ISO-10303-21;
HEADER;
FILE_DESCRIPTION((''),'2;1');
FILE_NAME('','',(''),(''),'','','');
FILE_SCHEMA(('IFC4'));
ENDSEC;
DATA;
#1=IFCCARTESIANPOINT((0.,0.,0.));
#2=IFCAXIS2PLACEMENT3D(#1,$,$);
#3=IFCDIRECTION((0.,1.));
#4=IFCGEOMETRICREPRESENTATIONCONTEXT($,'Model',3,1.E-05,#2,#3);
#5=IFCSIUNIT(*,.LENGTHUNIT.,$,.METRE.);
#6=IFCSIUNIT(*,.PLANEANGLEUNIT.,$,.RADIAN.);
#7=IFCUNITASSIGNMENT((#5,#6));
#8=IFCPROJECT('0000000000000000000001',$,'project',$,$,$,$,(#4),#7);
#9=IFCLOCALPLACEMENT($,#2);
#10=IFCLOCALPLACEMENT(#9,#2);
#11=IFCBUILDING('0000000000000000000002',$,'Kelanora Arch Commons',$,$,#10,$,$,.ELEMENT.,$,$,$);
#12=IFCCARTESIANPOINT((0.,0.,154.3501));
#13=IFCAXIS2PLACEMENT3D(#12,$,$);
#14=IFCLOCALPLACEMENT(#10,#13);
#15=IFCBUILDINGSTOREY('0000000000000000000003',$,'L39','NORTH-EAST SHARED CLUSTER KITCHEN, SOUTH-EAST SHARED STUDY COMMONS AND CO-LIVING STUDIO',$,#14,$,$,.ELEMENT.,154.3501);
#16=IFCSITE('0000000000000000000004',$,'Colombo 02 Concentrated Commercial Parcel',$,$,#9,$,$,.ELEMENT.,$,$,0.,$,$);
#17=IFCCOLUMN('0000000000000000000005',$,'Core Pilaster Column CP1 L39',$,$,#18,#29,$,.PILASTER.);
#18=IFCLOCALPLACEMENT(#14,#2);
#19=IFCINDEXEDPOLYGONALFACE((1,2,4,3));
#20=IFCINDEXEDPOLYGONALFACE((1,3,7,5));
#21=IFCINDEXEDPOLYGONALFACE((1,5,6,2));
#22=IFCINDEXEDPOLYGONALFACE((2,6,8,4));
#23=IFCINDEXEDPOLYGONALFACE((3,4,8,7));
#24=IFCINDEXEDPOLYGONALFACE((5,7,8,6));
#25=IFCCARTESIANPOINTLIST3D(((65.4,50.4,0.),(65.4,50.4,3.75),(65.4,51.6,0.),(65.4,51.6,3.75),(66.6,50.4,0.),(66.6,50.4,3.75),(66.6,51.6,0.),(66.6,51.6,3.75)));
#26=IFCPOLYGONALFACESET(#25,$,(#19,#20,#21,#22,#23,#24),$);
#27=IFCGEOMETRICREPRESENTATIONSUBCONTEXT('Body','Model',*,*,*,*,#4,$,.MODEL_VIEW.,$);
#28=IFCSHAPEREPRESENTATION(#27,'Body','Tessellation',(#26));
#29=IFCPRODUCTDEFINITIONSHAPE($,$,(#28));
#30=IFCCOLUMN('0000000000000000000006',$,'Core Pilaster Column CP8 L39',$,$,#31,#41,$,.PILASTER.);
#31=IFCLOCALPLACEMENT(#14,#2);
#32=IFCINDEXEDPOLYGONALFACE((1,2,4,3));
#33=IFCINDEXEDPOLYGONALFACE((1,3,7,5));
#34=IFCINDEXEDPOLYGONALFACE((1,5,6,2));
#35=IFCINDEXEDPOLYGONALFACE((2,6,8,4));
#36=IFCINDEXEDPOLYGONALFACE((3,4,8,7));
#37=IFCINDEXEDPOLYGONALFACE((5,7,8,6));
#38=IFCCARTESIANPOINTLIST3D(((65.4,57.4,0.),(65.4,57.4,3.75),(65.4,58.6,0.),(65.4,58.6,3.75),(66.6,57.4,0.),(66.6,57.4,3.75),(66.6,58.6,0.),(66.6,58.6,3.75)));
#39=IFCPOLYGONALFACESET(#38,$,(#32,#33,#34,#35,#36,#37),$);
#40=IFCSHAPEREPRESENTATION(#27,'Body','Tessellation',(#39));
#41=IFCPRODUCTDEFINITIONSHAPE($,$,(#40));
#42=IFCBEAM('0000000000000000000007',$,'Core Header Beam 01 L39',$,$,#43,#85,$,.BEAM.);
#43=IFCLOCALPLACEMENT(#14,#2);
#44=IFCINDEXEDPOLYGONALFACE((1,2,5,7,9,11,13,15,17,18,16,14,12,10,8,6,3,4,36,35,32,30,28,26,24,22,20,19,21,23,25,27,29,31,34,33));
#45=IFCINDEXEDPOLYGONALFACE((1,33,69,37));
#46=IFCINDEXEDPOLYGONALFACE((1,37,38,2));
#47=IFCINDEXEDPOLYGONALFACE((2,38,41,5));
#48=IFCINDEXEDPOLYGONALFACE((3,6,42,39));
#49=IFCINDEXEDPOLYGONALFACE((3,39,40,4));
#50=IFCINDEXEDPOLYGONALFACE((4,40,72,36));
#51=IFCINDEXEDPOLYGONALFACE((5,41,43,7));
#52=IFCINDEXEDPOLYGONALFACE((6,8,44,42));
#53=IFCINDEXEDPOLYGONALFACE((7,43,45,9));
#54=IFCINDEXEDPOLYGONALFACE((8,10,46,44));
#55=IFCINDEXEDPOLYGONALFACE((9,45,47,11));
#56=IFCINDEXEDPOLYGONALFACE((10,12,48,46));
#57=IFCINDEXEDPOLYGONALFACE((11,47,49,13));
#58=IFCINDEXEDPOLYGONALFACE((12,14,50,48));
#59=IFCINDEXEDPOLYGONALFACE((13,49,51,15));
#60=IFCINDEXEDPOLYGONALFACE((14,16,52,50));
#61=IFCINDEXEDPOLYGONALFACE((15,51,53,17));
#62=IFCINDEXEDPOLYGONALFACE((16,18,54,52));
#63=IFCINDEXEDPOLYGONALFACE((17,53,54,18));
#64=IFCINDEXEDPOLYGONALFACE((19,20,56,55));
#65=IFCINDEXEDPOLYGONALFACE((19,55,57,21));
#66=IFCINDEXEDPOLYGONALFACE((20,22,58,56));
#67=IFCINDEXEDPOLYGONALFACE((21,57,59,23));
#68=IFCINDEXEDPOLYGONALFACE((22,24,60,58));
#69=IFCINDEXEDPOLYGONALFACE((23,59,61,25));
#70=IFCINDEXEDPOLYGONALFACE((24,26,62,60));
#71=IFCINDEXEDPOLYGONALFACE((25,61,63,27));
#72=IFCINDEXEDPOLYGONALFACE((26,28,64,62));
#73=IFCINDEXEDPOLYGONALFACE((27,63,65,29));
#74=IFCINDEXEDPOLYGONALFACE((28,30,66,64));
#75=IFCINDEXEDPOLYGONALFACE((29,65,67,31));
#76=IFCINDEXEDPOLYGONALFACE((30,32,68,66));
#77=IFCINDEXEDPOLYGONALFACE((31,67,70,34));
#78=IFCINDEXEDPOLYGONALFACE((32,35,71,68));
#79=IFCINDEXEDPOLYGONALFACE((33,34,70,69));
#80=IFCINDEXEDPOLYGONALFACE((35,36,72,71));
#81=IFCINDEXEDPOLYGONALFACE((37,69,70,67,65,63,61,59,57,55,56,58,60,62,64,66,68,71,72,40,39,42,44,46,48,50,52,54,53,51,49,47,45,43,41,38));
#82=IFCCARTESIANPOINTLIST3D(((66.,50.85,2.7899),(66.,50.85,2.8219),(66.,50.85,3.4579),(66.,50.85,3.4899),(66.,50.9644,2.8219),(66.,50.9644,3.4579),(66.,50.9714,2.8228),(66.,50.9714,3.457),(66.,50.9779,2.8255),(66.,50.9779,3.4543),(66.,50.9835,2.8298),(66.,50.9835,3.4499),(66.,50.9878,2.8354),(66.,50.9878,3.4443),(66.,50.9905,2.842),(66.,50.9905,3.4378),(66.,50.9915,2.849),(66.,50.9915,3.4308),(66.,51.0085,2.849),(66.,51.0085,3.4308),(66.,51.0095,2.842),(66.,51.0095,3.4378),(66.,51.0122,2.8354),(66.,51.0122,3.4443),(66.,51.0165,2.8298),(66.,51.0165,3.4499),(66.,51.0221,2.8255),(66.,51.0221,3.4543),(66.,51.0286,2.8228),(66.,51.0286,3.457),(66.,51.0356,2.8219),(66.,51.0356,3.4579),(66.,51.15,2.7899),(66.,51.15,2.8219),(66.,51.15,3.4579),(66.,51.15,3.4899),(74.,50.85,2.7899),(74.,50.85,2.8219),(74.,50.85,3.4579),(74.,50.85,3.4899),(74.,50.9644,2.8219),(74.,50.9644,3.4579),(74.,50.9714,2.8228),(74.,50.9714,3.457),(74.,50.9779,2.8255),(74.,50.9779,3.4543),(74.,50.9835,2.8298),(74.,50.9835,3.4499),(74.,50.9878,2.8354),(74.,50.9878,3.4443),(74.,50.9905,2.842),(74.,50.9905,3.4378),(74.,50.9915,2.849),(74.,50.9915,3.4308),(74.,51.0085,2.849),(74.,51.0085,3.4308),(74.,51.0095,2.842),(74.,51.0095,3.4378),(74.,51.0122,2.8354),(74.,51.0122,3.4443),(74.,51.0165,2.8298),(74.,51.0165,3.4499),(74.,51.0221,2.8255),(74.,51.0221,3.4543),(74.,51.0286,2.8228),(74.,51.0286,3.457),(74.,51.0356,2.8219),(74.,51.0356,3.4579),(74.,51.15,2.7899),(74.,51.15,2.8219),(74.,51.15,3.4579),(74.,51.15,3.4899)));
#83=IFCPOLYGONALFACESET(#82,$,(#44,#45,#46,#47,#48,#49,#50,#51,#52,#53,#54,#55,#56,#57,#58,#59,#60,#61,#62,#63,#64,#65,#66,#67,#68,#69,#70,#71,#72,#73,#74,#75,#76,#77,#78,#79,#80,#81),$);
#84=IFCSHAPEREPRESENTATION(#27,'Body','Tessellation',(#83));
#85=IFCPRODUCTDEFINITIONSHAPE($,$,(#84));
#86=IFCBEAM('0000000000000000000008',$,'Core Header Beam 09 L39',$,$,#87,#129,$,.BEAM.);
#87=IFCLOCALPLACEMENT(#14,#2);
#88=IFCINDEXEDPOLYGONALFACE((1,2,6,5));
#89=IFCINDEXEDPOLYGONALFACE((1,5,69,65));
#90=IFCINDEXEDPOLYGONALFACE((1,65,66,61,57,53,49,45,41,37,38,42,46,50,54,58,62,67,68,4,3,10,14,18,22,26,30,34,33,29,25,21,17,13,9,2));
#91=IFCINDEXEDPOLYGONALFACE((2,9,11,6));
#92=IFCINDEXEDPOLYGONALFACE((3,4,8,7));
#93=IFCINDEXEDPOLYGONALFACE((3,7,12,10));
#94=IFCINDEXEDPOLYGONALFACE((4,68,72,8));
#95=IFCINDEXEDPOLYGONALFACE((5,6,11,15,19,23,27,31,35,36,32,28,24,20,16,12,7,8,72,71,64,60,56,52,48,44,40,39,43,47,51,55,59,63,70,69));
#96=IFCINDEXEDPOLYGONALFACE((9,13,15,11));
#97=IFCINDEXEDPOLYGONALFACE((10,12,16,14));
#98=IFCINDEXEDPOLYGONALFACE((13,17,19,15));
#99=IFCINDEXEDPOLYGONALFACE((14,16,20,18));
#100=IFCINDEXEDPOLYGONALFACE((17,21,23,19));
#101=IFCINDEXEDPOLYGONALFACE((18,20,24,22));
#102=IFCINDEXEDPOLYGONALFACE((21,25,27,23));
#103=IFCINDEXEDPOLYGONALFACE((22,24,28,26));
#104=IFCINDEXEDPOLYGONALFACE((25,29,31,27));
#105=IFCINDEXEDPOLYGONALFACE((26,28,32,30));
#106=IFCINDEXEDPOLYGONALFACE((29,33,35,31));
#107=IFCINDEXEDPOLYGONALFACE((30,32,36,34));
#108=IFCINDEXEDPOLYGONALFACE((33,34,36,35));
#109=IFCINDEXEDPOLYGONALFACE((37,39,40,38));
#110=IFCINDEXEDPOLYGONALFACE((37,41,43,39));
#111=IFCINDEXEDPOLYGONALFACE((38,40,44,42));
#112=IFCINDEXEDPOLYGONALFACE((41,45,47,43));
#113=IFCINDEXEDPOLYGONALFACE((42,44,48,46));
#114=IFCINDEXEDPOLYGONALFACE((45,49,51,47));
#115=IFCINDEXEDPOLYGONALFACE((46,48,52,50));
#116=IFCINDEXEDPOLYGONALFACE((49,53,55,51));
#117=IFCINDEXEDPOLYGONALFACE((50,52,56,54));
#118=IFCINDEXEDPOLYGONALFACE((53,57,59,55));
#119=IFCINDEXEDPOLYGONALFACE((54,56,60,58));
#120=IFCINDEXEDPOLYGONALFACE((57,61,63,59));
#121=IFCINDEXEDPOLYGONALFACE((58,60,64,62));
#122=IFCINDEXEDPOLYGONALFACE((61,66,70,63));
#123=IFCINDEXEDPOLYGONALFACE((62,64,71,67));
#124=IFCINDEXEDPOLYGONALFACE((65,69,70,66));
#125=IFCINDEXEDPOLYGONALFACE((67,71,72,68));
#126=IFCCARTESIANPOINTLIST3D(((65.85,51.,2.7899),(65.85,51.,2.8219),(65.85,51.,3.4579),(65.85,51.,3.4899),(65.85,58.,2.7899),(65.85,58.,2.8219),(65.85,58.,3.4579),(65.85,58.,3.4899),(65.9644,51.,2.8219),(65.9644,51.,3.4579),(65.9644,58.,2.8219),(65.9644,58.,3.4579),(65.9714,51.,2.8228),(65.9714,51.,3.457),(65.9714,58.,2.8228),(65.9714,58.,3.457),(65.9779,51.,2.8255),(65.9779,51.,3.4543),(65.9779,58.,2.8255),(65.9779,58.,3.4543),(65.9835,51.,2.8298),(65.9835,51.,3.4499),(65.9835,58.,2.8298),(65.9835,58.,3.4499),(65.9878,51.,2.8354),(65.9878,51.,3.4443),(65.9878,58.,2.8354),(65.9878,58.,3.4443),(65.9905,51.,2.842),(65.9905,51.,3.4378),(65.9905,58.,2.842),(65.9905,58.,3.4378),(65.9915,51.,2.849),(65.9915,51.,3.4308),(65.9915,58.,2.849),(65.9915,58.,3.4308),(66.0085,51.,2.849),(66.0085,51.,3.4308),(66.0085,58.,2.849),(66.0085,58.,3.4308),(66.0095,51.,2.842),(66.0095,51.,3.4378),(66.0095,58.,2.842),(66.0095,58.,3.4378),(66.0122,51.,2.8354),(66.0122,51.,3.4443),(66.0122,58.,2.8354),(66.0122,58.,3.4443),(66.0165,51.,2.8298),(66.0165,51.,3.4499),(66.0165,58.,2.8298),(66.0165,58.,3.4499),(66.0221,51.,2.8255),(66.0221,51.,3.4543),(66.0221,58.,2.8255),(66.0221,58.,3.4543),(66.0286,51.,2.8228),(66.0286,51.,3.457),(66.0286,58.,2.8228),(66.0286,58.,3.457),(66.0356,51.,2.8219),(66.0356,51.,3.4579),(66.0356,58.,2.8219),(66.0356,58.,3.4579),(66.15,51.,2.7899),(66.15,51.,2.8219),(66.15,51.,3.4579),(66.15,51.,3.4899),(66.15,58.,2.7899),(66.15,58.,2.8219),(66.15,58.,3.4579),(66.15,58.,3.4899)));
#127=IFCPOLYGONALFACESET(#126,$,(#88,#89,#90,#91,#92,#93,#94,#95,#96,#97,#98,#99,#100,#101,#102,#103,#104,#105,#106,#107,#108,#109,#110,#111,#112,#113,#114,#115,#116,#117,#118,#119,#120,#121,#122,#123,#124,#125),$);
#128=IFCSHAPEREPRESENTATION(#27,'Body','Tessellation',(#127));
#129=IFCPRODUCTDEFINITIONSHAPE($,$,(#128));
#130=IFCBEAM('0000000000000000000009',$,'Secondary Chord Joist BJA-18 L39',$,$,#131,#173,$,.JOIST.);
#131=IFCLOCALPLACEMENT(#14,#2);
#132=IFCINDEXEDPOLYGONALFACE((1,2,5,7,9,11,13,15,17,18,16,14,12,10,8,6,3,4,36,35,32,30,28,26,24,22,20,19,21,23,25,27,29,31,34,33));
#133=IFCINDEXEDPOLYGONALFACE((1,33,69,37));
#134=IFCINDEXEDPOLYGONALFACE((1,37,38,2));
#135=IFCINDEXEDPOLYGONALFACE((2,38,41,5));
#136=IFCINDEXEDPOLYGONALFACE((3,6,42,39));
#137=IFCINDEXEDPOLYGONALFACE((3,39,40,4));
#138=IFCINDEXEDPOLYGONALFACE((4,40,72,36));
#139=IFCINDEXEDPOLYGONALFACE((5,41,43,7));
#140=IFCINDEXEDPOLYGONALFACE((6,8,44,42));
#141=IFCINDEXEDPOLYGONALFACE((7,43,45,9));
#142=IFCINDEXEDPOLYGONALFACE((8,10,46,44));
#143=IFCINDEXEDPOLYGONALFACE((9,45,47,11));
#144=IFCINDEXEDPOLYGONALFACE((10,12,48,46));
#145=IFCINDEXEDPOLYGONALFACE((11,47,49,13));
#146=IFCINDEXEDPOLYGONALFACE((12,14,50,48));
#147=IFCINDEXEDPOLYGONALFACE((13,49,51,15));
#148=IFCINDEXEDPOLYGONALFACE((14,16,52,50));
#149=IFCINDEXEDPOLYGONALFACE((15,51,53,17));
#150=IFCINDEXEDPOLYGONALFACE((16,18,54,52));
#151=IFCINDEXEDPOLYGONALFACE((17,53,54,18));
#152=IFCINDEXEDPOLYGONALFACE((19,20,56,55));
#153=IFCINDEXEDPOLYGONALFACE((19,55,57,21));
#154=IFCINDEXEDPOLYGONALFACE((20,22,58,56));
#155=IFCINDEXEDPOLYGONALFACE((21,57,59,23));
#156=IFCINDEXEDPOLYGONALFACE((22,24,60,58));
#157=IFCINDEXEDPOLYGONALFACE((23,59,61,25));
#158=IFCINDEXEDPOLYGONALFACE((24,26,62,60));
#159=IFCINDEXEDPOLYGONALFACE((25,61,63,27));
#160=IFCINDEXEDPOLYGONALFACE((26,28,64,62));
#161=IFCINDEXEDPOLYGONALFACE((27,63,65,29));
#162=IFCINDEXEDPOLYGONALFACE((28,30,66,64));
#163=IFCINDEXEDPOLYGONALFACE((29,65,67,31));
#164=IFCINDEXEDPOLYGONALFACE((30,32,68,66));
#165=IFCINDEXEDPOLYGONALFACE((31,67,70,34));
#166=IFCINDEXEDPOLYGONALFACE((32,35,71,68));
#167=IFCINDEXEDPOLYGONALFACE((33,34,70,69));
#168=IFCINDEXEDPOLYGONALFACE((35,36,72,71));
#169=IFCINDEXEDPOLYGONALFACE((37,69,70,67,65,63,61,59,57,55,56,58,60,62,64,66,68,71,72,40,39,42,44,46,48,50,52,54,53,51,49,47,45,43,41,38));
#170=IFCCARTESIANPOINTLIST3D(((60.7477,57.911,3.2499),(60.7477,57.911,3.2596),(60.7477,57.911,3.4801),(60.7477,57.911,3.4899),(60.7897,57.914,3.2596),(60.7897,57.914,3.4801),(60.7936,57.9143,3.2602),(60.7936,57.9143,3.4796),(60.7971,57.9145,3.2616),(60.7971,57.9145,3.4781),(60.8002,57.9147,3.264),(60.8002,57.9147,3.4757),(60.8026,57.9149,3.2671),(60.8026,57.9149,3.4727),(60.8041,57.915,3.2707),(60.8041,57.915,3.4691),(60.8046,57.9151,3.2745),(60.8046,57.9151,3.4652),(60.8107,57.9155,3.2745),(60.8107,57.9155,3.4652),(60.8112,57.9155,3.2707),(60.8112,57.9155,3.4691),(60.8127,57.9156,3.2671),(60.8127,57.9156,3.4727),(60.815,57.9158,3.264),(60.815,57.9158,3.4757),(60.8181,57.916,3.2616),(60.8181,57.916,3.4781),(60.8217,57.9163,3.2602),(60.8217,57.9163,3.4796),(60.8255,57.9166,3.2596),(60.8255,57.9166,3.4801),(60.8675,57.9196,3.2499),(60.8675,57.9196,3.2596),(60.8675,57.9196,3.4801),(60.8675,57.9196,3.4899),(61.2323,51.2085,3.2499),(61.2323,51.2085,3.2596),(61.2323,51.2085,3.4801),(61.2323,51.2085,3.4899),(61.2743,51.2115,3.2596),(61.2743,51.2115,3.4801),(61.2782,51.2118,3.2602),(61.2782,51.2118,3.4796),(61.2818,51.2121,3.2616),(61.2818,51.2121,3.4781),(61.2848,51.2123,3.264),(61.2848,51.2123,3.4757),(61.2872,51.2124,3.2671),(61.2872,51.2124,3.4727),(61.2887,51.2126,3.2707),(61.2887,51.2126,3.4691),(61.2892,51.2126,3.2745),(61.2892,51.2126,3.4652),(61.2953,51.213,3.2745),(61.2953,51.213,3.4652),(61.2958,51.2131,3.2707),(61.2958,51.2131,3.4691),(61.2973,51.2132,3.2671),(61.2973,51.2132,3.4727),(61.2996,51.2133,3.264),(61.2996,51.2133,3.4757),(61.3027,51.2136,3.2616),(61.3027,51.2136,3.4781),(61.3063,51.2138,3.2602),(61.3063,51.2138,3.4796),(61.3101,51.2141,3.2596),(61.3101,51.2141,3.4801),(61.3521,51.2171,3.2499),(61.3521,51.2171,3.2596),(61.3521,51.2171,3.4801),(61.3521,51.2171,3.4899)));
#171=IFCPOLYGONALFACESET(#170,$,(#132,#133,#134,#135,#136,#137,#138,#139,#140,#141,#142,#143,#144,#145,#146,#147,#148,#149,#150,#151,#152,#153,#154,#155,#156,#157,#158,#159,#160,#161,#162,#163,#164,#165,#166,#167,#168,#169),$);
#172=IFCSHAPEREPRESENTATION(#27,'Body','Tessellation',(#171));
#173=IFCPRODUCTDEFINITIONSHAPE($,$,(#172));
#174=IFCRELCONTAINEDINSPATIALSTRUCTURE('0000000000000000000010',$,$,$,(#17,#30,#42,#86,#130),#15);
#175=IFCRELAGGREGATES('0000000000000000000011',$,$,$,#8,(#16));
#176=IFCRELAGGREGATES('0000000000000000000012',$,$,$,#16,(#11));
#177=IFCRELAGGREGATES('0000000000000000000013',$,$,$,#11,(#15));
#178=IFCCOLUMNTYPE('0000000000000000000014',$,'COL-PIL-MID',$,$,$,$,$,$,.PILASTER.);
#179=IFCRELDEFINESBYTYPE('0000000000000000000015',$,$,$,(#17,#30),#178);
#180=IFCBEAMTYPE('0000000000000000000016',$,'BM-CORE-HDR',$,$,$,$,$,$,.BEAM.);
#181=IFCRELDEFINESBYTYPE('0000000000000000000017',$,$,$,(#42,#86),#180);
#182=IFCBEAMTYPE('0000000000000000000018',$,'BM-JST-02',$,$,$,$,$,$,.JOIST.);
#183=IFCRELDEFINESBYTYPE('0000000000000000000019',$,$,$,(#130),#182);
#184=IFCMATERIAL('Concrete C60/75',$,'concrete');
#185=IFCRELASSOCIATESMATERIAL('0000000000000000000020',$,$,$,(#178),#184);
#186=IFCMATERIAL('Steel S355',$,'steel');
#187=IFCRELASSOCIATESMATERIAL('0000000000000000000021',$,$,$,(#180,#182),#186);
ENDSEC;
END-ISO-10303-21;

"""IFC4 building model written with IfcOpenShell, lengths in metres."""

from ifc_helpers import new_model, si_unit, direction, frame, origin, origin_2d, place, context, subcontext, project, spatial, rectangle, i_section, extrude, material, material_profile, profile_set, type_object, element, save


model = new_model("IFC4")

# Units and contexts
model_context = context("Model", 3, precision=1e-05, world=origin(), true_north=direction((0.0, 1.0)))
body_context = subcontext(model_context, "Body", "Model", "MODEL_VIEW")
ifc_project = project(units=[si_unit("LENGTHUNIT", "METRE"), si_unit("PLANEANGLEUNIT", "RADIAN")], contexts=[model_context])

# Site, building, storey
site_placement = place(None, origin())
site = spatial("IfcSite", under=ifc_project, at=site_placement, Name="Colombo 02 Concentrated Commercial Parcel", CompositionType="ELEMENT", RefElevation=0.0)
building_placement = place(site_placement, origin())
building = spatial("IfcBuilding", under=site, at=building_placement, Name="Kelanora Arch Commons", CompositionType="ELEMENT")
storey_placement = place(building_placement, frame((0.0, 0.0, 154.3501)))
storey = spatial("IfcBuildingStorey", under=building, at=storey_placement, Name="L39", Description="NORTH-EAST SHARED CLUSTER KITCHEN, SOUTH-EAST SHARED STUDY COMMONS AND CO-LIVING STUDIO", CompositionType="ELEMENT", Elevation=154.3501)

# Columns
ifc_material_1 = material(Name="Concrete C60/75", Category="concrete")
ifc_material_profile_1 = material_profile(ifc_material_1, rectangle(XDim=1.2, YDim=1.2, at=origin_2d()), Name="RC1200x1200")
ifc_profile_set_1 = profile_set([ifc_material_profile_1], Name="Concrete C60/75")
column_type = type_object("IfcColumnType", Name="COL-PIL-MID", PredefinedType="PILASTER", material=ifc_profile_set_1)
for number, where, z_axis, x_axis, name in (
    (1, (66.0, 51.0, 0.0), (0.0, 0.0, 1.0), (1.0, 0.0, 0.0), "Core Pilaster Column CP1 L39"),
    (2, (66.0, 58.0, 0.0), (0.0, 0.0, 1.0), (1.0, 0.0, 0.0), "Core Pilaster Column CP8 L39"),
):
    element("IfcColumn", number, at=place(storey_placement, frame(where, z_axis=z_axis, x_axis=x_axis)), inside=storey, type_object=column_type, Name=name, PredefinedType="PILASTER", context=body_context, shape_type="SweptSolid", body=[
        extrude(rectangle(XDim=1.2, YDim=1.2, at=origin_2d()), origin(), (0.0, 0.0, 1.0), 3.75),
    ])

# Beams
ifc_material_2 = material(Name="Steel S355", Category="steel")
ifc_material_profile_2 = material_profile(ifc_material_2, i_section(OverallWidth=0.3, OverallDepth=0.7, WebThickness=0.0171, FlangeThickness=0.032, FilletRadius=0.0271, at=origin_2d()), Name="HEB700")
ifc_profile_set_2 = profile_set([ifc_material_profile_2], Name="Steel S355")
beam_type_1 = type_object("IfcBeamType", Name="BM-CORE-HDR", PredefinedType="BEAM", material=ifc_profile_set_2)
beam_1_placement = place(storey_placement, frame((66.0, 51.0, 3.1399), z_axis=(1.0, 0.0, 0.0), x_axis=(0.0, 1.0, 0.0)))
element("IfcBeam", 3, at=beam_1_placement, inside=storey, type_object=beam_type_1, Name="Core Header Beam 01 L39", PredefinedType="BEAM", context=body_context, shape_type="SweptSolid", body=[
    extrude(i_section(OverallWidth=0.3, OverallDepth=0.7, WebThickness=0.0171, FlangeThickness=0.032, FilletRadius=0.0271, at=origin_2d()), origin(), (0.0, 0.0, 1.0), 8.0),
])
beam_2_placement = place(storey_placement, frame((66.0, 58.0, 3.1399), z_axis=(0.0, -1.0, 0.0), x_axis=(1.0, 0.0, 0.0)))
element("IfcBeam", 4, at=beam_2_placement, inside=storey, type_object=beam_type_1, Name="Core Header Beam 09 L39", PredefinedType="BEAM", context=body_context, shape_type="SweptSolid", body=[
    extrude(i_section(OverallWidth=0.3, OverallDepth=0.7, WebThickness=0.0171, FlangeThickness=0.032, FilletRadius=0.0271, at=origin_2d()), origin(), (0.0, 0.0, 1.0), 7.0),
])
ifc_material_profile_3 = material_profile(ifc_material_2, i_section(OverallWidth=0.1201, OverallDepth=0.24, WebThickness=0.0061, FlangeThickness=0.0098, FilletRadius=0.0149, at=origin_2d()), Name="IPE240")
ifc_profile_set_3 = profile_set([ifc_material_profile_3], Name="Steel S355")
beam_type_2 = type_object("IfcBeamType", Name="BM-JST-02", PredefinedType="JOIST", material=ifc_profile_set_3)
beam_3_placement = place(storey_placement, frame((60.8076, 57.9153, 3.3699), z_axis=(0.072117, -0.997396, 0.0), x_axis=(0.997396, 0.072117, 0.0)))
element("IfcBeam", 5, at=beam_3_placement, inside=storey, type_object=beam_type_2, Name="Secondary Chord Joist BJA-18 L39", PredefinedType="JOIST", context=body_context, shape_type="SweptSolid", body=[
    extrude(i_section(OverallWidth=0.1201, OverallDepth=0.24, WebThickness=0.0061, FlangeThickness=0.0098, FilletRadius=0.0149, at=origin_2d()), origin(), (0.0, 0.0, 1.0), 6.72),
])

save(model, "model.ifc")
